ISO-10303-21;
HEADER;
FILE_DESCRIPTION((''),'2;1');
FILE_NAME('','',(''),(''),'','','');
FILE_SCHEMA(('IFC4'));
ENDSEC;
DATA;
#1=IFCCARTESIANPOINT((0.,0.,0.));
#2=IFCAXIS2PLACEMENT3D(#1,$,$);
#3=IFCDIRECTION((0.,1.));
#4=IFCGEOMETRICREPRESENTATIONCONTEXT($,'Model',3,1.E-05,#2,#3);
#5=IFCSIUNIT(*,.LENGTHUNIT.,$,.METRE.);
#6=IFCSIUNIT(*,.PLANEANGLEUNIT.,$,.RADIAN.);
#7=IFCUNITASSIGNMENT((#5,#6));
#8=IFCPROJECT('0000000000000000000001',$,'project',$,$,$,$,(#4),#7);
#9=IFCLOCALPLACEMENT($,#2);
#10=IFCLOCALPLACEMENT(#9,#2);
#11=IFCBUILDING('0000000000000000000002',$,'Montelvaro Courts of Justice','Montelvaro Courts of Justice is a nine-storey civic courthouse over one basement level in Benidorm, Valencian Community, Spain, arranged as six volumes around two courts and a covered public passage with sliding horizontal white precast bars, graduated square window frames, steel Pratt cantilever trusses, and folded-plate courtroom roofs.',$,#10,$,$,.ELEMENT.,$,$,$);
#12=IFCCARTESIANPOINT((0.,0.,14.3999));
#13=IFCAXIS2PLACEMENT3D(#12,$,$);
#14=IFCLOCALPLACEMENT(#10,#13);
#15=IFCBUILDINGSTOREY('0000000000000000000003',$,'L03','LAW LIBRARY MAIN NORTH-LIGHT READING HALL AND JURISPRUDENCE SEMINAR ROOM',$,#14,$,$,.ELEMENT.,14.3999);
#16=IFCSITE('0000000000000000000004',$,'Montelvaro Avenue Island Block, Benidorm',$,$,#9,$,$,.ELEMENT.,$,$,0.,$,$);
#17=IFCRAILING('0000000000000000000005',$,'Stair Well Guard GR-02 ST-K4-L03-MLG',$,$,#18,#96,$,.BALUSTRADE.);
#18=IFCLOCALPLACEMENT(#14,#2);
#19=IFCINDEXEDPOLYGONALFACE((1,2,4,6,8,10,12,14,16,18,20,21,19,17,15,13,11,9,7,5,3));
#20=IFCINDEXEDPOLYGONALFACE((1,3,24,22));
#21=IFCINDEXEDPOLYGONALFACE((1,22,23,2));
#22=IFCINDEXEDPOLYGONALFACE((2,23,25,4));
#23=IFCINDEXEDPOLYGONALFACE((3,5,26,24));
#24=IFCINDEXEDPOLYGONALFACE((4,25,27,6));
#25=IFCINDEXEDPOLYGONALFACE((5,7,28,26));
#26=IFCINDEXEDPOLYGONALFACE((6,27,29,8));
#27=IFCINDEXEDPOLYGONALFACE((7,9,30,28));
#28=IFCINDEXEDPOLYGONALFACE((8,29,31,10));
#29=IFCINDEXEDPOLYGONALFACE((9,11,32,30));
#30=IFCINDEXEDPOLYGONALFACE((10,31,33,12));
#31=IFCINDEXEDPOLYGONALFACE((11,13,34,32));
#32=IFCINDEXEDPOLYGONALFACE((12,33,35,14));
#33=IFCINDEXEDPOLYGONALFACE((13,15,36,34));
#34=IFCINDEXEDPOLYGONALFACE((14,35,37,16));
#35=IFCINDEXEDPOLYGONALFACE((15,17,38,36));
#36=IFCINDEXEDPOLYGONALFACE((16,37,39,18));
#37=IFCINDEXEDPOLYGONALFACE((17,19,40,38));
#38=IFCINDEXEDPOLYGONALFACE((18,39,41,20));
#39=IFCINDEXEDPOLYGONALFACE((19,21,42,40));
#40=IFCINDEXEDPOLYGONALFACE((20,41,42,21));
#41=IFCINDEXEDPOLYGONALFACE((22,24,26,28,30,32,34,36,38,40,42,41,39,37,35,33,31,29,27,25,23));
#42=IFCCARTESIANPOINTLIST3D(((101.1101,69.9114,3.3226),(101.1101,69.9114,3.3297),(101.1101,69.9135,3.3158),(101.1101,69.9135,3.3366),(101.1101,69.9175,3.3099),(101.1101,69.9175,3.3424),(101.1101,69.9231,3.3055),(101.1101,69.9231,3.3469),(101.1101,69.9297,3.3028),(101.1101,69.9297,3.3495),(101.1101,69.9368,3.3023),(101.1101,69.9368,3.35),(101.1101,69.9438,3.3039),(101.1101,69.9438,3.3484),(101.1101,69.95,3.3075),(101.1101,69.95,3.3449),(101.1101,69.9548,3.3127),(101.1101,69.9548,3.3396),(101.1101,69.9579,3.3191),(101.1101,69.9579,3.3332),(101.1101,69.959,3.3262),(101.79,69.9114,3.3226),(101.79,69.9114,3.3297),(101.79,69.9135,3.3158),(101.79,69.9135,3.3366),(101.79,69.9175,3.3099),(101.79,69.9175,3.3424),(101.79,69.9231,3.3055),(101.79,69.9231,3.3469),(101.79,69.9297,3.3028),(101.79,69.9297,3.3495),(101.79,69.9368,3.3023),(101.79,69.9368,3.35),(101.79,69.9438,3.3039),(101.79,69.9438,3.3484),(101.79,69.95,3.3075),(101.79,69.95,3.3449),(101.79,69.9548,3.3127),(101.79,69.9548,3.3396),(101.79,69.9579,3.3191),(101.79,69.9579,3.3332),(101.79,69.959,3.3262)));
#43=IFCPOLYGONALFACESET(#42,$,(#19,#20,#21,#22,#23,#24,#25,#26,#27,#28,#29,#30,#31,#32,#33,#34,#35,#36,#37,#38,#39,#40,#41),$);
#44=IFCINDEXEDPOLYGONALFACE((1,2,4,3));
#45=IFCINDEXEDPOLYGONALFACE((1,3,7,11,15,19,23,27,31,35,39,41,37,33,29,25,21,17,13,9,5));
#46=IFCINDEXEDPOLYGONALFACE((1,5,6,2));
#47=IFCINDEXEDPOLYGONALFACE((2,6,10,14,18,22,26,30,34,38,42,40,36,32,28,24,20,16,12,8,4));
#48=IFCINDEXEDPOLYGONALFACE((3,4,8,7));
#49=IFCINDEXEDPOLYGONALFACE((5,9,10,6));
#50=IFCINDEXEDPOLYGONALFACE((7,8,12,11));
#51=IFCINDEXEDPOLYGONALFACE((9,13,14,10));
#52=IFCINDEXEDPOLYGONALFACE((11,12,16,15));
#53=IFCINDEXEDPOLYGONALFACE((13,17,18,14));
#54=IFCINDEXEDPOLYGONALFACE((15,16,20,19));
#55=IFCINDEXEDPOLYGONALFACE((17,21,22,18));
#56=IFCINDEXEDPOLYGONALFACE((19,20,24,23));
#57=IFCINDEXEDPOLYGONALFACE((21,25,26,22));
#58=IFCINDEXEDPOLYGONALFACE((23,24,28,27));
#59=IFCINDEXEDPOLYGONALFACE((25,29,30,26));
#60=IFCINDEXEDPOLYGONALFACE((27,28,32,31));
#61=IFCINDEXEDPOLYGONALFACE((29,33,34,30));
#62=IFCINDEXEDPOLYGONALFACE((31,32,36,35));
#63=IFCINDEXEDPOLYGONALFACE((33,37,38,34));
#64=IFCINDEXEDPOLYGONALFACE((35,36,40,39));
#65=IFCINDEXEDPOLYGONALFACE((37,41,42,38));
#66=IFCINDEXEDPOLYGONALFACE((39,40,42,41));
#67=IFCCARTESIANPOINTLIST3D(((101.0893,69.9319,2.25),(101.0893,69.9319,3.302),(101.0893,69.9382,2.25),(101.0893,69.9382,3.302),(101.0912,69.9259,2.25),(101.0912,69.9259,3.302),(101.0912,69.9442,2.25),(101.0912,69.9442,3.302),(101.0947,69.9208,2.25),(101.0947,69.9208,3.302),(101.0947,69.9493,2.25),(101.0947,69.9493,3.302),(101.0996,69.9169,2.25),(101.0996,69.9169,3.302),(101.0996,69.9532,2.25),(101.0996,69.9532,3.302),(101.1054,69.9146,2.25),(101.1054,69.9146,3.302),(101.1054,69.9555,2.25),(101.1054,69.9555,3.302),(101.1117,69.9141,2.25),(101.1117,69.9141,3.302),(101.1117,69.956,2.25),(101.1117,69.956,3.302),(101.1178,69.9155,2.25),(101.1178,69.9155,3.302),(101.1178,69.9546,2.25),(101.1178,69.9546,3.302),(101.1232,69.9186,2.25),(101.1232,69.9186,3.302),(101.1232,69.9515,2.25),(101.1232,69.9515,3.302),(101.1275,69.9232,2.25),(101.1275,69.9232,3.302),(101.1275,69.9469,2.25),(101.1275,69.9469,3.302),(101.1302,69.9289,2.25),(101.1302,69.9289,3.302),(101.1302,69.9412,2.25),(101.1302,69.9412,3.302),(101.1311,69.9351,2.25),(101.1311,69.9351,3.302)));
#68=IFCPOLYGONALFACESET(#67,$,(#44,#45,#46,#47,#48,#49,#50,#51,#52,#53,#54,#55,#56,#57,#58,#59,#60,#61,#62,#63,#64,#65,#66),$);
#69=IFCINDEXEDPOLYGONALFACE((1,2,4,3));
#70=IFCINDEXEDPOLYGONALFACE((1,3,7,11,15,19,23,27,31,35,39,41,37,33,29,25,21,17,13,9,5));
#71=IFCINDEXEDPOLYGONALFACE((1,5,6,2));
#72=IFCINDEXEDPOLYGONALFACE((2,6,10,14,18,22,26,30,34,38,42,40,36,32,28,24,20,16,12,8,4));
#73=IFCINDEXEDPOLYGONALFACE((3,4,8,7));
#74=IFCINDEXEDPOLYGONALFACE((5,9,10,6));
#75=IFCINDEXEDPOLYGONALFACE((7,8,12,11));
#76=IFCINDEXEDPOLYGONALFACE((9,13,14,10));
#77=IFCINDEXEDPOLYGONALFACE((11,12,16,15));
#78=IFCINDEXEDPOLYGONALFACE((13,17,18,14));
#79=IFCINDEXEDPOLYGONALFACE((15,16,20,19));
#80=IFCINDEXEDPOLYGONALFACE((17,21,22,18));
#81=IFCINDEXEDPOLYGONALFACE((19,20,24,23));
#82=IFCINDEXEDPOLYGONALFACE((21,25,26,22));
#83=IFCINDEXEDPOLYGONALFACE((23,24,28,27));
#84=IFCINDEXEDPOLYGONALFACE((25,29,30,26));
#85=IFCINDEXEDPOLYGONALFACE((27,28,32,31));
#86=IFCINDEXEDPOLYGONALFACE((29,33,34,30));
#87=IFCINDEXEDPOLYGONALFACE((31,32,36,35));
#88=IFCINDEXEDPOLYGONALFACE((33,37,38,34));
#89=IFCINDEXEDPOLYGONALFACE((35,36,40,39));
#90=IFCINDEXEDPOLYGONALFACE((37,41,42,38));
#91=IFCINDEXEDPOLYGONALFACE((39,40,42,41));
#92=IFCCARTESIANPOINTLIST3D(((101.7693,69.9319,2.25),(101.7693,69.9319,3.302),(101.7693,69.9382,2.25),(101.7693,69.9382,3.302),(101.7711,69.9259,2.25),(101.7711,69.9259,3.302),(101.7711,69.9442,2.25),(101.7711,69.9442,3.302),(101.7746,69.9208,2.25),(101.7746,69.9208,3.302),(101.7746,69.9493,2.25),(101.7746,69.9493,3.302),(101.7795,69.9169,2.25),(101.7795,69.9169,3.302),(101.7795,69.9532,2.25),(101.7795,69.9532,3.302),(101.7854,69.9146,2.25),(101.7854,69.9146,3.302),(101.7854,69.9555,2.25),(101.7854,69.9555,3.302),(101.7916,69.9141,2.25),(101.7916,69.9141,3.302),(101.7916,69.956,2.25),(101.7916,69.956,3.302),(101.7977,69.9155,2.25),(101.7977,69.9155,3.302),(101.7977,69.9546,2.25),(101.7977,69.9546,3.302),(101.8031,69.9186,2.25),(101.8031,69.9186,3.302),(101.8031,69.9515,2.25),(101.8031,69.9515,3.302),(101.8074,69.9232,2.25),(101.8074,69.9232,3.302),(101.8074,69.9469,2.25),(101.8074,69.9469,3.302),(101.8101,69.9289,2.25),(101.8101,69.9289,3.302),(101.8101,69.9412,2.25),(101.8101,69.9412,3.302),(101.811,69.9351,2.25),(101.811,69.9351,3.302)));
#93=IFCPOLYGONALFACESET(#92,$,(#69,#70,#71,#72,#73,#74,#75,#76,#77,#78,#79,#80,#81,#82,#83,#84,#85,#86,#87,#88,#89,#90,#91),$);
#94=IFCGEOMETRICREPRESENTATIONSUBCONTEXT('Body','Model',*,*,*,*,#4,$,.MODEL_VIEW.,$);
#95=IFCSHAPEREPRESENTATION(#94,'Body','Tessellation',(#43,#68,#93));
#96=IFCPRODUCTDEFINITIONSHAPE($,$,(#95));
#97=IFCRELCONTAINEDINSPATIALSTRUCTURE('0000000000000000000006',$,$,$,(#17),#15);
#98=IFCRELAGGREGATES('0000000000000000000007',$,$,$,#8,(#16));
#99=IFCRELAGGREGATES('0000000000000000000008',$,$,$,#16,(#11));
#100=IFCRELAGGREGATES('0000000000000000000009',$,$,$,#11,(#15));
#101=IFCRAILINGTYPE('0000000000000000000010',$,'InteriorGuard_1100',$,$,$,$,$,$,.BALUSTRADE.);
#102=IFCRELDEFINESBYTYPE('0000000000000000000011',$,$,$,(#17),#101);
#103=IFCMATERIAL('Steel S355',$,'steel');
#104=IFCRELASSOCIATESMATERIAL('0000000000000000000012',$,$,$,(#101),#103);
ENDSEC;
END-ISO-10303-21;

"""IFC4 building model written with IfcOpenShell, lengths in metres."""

from ifc_helpers import new_model, si_unit, direction, frame, origin, origin_2d, place, context, subcontext, project, spatial, circle, extrude, material, type_object, element, save


model = new_model("IFC4")

# Units and contexts
model_context = context("Model", 3, precision=1e-05, world=origin(), true_north=direction((0.0, 1.0)))
body_context = subcontext(model_context, "Body", "Model", "MODEL_VIEW")
ifc_project = project(units=[si_unit("LENGTHUNIT", "METRE"), si_unit("PLANEANGLEUNIT", "RADIAN")], contexts=[model_context])

# Site, building, storey
site_placement = place(None, origin())
site = spatial("IfcSite", under=ifc_project, at=site_placement, Name="Montelvaro Avenue Island Block, Benidorm", CompositionType="ELEMENT", RefElevation=0.0)
building_placement = place(site_placement, origin())
building = spatial("IfcBuilding", under=site, at=building_placement, Name="Montelvaro Courts of Justice", Description="Montelvaro Courts of Justice is a nine-storey civic courthouse over one basement level in Benidorm, Valencian Community, Spain, arranged as six volumes around two courts and a covered public passage with sliding horizontal white precast bars, graduated square window frames, steel Pratt cantilever trusses, and folded-plate courtroom roofs.", CompositionType="ELEMENT")
storey_placement = place(building_placement, frame((0.0, 0.0, 14.3999)))
storey = spatial("IfcBuildingStorey", under=building, at=storey_placement, Name="L03", Description="LAW LIBRARY MAIN NORTH-LIGHT READING HALL AND JURISPRUDENCE SEMINAR ROOM", CompositionType="ELEMENT", Elevation=14.3999)

# Shared definitions
ifc_material_1 = material(Name="Steel S355", Category="steel")

# Railing
railing_type_1 = type_object("IfcRailingType", Name="InteriorGuard_1100", PredefinedType="BALUSTRADE", material=ifc_material_1)
railing_1_placement = place(storey_placement, frame((101.1101, 69.9351, 2.25)))
element("IfcRailing", 1, at=railing_1_placement, inside=storey, type_object=railing_type_1, Name="Stair Well Guard GR-02 ST-K4-L03-MLG", PredefinedType="BALUSTRADE", context=body_context, shape_type="SweptSolid", body=[
    extrude(circle(Radius=0.0239, at=origin_2d()), frame((0.0, 0.0, 1.0762), z_axis=(1.0, 0.0, 0.0), x_axis=(0.0, 1.0, 0.0)), (0.0, 0.0, 1.0), 0.6799),
    extrude(circle(Radius=0.021, at=origin_2d()), origin(), (0.0, 0.0, 1.0), 1.052),
    extrude(circle(Radius=0.021, at=origin_2d()), frame((0.6799, 0.0, 0.0)), (0.0, 0.0, 1.0), 1.052),
])

save(model, "model.ifc")
